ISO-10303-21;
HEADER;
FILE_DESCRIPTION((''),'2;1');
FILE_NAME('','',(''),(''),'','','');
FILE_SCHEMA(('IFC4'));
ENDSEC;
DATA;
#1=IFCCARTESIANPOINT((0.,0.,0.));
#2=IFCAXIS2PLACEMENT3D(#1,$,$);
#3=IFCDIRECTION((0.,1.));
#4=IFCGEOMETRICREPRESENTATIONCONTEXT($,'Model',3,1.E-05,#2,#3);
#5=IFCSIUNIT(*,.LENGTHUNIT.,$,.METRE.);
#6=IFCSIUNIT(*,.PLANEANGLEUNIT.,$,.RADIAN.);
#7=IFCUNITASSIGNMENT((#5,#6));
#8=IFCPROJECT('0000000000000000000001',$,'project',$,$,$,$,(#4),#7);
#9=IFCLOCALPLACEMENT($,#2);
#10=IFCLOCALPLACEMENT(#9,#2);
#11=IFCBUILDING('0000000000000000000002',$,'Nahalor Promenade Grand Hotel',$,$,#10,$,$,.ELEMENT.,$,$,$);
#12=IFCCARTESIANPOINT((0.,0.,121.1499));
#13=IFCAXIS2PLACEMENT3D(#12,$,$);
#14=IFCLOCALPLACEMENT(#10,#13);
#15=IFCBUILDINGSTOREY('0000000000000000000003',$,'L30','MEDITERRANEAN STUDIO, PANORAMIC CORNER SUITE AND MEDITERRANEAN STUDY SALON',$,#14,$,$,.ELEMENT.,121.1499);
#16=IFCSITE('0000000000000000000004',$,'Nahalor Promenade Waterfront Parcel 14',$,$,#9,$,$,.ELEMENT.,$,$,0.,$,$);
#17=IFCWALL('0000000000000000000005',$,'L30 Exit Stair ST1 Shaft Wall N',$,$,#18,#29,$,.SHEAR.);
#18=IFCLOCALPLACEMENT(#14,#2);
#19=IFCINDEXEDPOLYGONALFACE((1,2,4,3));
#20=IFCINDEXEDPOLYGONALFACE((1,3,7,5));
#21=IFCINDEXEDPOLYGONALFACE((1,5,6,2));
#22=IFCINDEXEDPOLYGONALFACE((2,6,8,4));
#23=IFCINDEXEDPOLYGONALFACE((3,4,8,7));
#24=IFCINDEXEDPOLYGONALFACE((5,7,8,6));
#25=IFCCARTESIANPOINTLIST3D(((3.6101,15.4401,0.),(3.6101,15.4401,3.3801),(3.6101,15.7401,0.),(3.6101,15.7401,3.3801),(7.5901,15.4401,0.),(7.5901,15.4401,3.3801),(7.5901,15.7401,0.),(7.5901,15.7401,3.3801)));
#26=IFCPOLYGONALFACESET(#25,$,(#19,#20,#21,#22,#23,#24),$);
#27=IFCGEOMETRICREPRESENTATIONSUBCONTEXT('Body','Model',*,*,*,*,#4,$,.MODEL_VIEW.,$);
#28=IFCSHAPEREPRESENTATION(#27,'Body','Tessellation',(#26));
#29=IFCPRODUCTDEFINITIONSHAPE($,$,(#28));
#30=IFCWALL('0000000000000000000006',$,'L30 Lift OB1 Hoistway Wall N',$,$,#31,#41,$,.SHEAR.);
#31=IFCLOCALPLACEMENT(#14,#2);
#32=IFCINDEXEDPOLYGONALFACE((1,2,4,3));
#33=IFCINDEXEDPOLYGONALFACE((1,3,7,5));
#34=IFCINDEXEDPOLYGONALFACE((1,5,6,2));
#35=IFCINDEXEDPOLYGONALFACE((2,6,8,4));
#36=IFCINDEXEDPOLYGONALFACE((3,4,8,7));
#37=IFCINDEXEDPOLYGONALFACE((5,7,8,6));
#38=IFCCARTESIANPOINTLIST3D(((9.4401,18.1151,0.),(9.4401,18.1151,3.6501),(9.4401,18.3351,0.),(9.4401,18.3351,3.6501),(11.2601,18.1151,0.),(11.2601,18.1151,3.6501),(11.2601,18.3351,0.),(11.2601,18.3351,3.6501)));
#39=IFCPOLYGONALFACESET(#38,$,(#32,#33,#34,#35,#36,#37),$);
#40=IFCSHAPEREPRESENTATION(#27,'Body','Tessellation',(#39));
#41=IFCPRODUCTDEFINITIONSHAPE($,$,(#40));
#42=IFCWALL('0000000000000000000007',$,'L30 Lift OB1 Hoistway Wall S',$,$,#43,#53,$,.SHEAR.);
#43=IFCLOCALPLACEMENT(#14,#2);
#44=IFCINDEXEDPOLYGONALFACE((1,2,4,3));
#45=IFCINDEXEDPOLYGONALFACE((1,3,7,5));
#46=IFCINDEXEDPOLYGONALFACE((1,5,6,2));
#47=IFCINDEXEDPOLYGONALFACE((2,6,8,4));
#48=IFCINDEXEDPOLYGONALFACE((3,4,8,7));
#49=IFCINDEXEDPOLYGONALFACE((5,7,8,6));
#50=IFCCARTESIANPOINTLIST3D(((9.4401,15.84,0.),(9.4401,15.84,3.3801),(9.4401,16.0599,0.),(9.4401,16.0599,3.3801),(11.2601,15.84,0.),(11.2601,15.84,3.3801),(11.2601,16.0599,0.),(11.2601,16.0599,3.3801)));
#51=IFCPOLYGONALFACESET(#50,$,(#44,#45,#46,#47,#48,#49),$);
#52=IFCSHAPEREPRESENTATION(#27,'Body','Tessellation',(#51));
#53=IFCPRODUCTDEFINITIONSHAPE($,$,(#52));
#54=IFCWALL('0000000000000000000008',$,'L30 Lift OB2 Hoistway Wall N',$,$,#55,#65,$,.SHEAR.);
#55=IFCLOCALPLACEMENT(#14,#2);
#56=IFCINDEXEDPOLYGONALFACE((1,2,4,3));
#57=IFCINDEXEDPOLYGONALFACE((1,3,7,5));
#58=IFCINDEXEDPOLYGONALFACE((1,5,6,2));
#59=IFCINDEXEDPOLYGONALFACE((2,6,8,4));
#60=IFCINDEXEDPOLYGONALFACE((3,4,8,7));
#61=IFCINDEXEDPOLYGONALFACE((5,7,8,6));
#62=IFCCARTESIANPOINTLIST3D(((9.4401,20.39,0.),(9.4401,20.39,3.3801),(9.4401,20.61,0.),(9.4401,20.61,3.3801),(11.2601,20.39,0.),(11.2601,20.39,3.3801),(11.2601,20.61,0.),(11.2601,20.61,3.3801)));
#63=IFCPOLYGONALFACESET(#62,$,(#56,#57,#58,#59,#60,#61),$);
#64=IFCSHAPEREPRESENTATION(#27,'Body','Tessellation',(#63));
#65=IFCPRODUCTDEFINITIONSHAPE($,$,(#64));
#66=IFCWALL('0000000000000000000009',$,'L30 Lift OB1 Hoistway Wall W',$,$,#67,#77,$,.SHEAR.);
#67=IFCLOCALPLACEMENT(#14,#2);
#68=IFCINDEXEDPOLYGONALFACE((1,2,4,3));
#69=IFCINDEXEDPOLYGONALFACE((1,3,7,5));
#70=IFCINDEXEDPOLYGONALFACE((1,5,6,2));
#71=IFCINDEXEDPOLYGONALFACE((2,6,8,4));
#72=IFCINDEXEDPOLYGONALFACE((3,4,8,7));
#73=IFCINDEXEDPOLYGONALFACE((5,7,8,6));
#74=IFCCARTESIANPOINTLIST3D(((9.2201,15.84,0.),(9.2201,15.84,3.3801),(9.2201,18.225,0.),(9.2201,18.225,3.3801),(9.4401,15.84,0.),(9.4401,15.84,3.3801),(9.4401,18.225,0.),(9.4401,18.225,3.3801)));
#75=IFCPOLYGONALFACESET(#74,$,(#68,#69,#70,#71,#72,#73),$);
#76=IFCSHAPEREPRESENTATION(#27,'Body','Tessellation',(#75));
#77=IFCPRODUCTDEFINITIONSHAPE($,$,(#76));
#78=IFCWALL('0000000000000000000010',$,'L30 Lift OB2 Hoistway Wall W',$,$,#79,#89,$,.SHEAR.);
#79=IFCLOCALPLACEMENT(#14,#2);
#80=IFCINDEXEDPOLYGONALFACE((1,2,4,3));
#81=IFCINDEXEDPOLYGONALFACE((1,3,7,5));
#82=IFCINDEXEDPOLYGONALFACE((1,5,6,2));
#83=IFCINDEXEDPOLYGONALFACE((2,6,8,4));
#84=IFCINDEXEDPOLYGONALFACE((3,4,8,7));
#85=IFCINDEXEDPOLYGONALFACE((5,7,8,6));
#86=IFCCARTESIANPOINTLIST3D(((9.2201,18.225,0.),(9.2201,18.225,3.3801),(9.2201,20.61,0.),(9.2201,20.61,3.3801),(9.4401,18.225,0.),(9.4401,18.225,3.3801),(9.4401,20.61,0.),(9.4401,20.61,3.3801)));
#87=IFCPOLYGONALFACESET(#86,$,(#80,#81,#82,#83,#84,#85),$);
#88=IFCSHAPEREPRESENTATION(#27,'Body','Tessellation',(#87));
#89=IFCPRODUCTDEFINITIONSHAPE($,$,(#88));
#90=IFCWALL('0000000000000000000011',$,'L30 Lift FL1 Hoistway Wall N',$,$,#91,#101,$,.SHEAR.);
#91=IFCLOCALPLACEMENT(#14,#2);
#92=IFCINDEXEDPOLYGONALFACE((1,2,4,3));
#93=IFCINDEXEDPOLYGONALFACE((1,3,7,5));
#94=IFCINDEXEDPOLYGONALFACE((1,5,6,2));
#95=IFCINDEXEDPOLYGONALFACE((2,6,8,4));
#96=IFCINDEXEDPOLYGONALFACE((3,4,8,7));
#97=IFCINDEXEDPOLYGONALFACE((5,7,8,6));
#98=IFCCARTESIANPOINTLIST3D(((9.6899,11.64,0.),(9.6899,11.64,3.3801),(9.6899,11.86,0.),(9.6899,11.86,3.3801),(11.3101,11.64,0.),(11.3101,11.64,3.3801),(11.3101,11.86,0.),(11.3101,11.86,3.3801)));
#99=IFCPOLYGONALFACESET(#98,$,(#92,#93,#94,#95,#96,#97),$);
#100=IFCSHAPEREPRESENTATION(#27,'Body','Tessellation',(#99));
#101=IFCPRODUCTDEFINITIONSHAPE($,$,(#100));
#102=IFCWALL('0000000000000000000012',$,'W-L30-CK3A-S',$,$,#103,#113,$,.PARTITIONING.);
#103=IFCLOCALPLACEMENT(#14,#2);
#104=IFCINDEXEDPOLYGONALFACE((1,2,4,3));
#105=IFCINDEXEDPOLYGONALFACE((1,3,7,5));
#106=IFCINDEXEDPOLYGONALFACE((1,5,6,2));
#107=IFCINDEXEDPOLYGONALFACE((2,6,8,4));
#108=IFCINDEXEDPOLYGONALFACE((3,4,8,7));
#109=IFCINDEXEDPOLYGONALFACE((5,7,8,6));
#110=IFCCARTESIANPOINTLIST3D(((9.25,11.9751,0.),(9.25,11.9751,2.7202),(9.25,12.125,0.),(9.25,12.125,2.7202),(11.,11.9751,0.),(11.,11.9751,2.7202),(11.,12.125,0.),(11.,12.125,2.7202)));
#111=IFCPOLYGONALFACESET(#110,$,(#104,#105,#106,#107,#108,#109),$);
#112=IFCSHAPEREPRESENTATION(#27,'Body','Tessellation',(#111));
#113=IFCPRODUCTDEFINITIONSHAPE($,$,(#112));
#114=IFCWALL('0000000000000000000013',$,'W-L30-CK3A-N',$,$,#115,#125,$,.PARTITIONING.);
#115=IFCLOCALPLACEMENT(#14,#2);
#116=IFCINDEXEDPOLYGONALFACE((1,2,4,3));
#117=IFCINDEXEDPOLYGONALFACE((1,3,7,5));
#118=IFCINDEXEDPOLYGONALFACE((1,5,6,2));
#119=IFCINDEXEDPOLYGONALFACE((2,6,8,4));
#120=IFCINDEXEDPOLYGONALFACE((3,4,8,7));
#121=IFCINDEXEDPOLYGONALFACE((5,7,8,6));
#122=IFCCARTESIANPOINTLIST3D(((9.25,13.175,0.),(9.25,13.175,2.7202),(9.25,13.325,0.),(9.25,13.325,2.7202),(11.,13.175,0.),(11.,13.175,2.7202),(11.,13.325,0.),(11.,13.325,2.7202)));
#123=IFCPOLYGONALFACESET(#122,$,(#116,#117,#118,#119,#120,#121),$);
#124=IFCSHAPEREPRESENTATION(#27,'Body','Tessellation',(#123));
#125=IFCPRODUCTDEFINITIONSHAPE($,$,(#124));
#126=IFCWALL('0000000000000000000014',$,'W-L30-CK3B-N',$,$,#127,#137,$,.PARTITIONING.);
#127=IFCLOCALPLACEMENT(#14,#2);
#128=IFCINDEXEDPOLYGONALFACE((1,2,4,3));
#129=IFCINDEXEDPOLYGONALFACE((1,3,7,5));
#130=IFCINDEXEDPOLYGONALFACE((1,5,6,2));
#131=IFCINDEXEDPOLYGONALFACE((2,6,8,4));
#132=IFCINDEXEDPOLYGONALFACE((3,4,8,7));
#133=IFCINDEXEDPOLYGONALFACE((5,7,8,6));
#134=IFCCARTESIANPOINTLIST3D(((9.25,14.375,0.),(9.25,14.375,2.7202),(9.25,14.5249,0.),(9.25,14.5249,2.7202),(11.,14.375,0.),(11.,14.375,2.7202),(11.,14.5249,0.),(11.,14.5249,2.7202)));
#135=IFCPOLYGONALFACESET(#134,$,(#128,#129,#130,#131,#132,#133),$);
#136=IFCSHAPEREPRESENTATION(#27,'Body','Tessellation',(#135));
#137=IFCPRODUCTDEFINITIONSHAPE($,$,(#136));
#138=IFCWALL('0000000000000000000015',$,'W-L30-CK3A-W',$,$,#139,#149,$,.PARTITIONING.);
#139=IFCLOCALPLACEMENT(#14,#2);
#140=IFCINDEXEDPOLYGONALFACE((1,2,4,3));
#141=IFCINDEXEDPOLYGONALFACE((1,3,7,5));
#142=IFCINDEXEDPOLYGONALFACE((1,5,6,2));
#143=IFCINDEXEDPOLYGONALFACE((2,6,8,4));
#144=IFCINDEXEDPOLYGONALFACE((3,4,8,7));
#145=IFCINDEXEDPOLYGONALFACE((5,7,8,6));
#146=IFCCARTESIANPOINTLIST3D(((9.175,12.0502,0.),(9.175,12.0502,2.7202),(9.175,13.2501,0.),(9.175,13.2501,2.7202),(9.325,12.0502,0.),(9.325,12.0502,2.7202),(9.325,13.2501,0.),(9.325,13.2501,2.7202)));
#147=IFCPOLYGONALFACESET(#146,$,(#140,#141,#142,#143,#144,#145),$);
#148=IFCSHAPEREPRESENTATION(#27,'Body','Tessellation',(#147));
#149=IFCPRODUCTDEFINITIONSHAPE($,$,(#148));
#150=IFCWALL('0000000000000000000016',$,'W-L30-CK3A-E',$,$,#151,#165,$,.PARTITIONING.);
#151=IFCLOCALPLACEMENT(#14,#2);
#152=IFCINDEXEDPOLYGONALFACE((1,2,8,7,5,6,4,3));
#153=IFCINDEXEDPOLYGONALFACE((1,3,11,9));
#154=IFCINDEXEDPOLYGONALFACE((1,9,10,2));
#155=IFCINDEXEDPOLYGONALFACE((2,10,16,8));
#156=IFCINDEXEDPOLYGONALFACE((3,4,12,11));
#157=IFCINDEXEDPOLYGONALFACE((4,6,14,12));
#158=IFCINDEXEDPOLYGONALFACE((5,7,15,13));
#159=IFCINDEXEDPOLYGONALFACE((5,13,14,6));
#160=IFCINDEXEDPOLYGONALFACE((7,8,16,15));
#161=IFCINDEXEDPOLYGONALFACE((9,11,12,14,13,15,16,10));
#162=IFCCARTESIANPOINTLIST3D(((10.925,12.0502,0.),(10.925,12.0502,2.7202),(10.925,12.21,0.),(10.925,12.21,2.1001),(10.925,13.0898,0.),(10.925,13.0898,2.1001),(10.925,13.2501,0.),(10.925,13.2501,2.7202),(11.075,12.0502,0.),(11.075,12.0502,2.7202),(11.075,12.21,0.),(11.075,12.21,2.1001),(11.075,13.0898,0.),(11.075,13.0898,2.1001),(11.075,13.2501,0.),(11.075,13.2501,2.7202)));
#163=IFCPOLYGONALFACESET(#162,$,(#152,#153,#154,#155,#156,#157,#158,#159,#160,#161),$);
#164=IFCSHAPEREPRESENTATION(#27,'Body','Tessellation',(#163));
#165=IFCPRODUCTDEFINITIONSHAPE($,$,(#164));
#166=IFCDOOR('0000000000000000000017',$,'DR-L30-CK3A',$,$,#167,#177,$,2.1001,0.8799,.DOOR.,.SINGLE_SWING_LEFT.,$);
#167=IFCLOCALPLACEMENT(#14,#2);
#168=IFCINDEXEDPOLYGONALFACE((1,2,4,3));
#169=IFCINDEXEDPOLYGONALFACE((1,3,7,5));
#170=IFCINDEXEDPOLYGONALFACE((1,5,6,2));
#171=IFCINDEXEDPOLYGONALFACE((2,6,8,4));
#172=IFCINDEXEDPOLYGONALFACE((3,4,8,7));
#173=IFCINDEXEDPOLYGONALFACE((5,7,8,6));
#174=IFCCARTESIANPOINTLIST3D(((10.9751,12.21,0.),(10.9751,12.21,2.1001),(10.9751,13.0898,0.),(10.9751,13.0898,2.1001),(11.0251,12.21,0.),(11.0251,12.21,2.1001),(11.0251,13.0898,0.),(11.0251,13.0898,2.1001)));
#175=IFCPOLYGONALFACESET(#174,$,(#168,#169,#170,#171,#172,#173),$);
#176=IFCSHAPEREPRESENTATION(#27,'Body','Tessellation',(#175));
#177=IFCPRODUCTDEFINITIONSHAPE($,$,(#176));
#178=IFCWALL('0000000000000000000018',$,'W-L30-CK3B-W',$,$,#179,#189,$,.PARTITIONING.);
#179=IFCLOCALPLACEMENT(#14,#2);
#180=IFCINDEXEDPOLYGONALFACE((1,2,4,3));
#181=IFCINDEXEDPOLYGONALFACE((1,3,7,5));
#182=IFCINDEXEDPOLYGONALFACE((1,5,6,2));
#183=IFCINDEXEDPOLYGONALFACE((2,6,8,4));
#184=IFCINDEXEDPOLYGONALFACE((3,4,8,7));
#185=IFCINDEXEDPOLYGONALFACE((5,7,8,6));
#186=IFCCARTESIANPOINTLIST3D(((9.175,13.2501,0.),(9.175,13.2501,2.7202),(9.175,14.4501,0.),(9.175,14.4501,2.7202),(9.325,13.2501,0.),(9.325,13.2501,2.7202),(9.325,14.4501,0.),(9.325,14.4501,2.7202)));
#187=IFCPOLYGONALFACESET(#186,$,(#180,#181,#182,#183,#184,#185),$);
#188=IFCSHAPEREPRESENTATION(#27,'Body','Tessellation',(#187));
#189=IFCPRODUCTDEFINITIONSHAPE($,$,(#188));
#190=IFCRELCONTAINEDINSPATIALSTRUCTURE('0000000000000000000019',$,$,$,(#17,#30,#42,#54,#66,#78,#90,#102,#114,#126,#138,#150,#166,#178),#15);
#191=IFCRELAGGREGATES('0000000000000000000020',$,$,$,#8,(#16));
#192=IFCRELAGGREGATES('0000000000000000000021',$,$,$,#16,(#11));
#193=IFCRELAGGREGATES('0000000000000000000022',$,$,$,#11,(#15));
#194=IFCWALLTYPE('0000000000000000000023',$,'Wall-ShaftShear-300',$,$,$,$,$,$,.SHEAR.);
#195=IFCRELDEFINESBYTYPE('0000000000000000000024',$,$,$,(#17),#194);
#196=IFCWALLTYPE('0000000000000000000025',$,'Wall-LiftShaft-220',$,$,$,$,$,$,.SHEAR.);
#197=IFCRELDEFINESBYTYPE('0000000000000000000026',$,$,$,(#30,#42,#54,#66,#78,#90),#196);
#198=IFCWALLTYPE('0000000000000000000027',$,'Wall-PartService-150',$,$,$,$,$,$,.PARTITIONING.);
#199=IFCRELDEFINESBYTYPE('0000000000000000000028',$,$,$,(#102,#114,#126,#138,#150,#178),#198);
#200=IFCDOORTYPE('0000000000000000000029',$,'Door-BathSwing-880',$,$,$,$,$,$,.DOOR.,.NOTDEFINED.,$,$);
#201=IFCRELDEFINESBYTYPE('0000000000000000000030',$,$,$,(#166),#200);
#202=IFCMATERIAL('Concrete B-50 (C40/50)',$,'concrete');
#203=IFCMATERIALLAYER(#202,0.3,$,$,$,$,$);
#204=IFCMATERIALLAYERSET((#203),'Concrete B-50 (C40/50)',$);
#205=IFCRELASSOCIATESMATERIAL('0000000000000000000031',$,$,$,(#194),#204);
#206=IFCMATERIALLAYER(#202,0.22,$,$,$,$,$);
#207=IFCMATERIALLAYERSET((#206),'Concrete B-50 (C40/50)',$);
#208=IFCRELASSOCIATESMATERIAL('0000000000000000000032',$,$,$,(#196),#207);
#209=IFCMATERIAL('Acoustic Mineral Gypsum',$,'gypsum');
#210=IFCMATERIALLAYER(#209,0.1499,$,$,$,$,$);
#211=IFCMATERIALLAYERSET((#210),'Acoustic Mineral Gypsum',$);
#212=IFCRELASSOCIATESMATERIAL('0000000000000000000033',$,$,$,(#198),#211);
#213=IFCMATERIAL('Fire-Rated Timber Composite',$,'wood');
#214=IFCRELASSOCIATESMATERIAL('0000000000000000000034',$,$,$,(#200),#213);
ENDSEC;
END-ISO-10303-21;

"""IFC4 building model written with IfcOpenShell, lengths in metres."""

from ifc_helpers import new_model, si_unit, direction, frame, frame_2d, origin, place, context, subcontext, project, spatial, rectangle, extrude, source, transform, mapped, material, layer, layer_set, type_object, element, fill, save


model = new_model("IFC4")

# Units and contexts
model_context = context("Model", 3, precision=1e-05, world=origin(), true_north=direction((0.0, 1.0)))
body_context = subcontext(model_context, "Body", "Model", "MODEL_VIEW")
ifc_project = project(units=[si_unit("LENGTHUNIT", "METRE"), si_unit("PLANEANGLEUNIT", "RADIAN")], contexts=[model_context])

# Site, building, storey
site_placement = place(None, origin())
site = spatial("IfcSite", under=ifc_project, at=site_placement, Name="Nahalor Promenade Waterfront Parcel 14", CompositionType="ELEMENT", RefElevation=0.0)
building_placement = place(site_placement, origin())
building = spatial("IfcBuilding", under=site, at=building_placement, Name="Nahalor Promenade Grand Hotel", CompositionType="ELEMENT")
storey_placement = place(building_placement, frame((0.0, 0.0, 121.1499)))
storey = spatial("IfcBuildingStorey", under=building, at=storey_placement, Name="L30", Description="MEDITERRANEAN STUDIO, PANORAMIC CORNER SUITE AND MEDITERRANEAN STUDY SALON", CompositionType="ELEMENT", Elevation=121.1499)

# Walls
ifc_material_1 = material(Name="Concrete B-50 (C40/50)", Category="concrete")
ifc_layer_1 = layer(ifc_material_1, 0.3)
ifc_layer_set_1 = layer_set([ifc_layer_1], Name="Concrete B-50 (C40/50)")
wall_type_1 = type_object("IfcWallType", Name="Wall-ShaftShear-300", PredefinedType="SHEAR", material=ifc_layer_set_1)
shared_shape_1 = source(origin(), body_context, "Body", "SweptSolid", [
    extrude(rectangle(XDim=3.98, YDim=0.3, at=frame_2d((1.99, 0.0))), origin(), (0.0, 0.0, 1.0), 3.3801),
])
wall_1_placement = place(storey_placement, frame((3.6101, 15.5901, 0.0), z_axis=(0.0, 0.0, 1.0), x_axis=(1.0, 0.0, 0.0)))
element("IfcWall", 1, at=wall_1_placement, inside=storey, type_object=wall_type_1, Name="L30 Exit Stair ST1 Shaft Wall N", PredefinedType="SHEAR", context=body_context, shape_type="MappedRepresentation", body=[
    mapped(shared_shape_1, transform((0.0, 0.0, 0.0), scale=1.0)),
])
ifc_layer_2 = layer(ifc_material_1, 0.22)
ifc_layer_set_2 = layer_set([ifc_layer_2], Name="Concrete B-50 (C40/50)")
wall_type_2 = type_object("IfcWallType", Name="Wall-LiftShaft-220", PredefinedType="SHEAR", material=ifc_layer_set_2)
shared_shape_2 = source(origin(), body_context, "Body", "SweptSolid", [
    extrude(rectangle(XDim=1.8201, YDim=0.22, at=frame_2d((0.9102, 0.0))), origin(), (0.0, 0.0, 1.0), 3.6501),
])
wall_2_placement = place(storey_placement, frame((9.4399, 18.2251, 0.0), z_axis=(0.0, 0.0, 1.0), x_axis=(1.0, 0.0, 0.0)))
element("IfcWall", 2, at=wall_2_placement, inside=storey, type_object=wall_type_2, Name="L30 Lift OB1 Hoistway Wall N", PredefinedType="SHEAR", context=body_context, shape_type="MappedRepresentation", body=[
    mapped(shared_shape_2, transform((0.0, 0.0, 0.0), scale=1.0)),
])
shared_shape_3 = source(origin(), body_context, "Body", "SweptSolid", [
    extrude(rectangle(XDim=1.8201, YDim=0.22, at=frame_2d((0.9102, 0.0))), origin(), (0.0, 0.0, 1.0), 3.3801),
])
for number, where, z_axis, x_axis, name in (
    (3, (9.4399, 15.95, 0.0), (0.0, 0.0, 1.0), (1.0, 0.0, 0.0), "L30 Lift OB1 Hoistway Wall S"),
    (4, (9.4399, 20.5, 0.0), (0.0, 0.0, 1.0), (1.0, 0.0, 0.0), "L30 Lift OB2 Hoistway Wall N"),
):
    element("IfcWall", number, at=place(storey_placement, frame(where, z_axis=z_axis, x_axis=x_axis)), inside=storey, type_object=wall_type_2, Name=name, PredefinedType="SHEAR", context=body_context, shape_type="MappedRepresentation", body=[
        mapped(shared_shape_3, transform((0.0, 0.0, 0.0), scale=1.0)),
    ])
shared_shape_4 = source(origin(), body_context, "Body", "SweptSolid", [
    extrude(rectangle(XDim=2.385, YDim=0.22, at=frame_2d((1.1924, 0.0))), origin(), (0.0, 0.0, 1.0), 3.3801),
])
for number, where, z_axis, x_axis, name in (
    (5, (9.3301, 15.8401, 0.0), (0.0, 0.0, 1.0), (0.0, 1.0, 0.0), "L30 Lift OB1 Hoistway Wall W"),
    (6, (9.3301, 18.2251, 0.0), (0.0, 0.0, 1.0), (0.0, 1.0, 0.0), "L30 Lift OB2 Hoistway Wall W"),
):
    element("IfcWall", number, at=place(storey_placement, frame(where, z_axis=z_axis, x_axis=x_axis)), inside=storey, type_object=wall_type_2, Name=name, PredefinedType="SHEAR", context=body_context, shape_type="MappedRepresentation", body=[
        mapped(shared_shape_4, transform((0.0, 0.0, 0.0), scale=1.0)),
    ])
shared_shape_5 = source(origin(), body_context, "Body", "SweptSolid", [
    extrude(rectangle(XDim=1.6201, YDim=0.22, at=frame_2d((0.8101, 0.0))), origin(), (0.0, 0.0, 1.0), 3.3801),
])
wall_3_placement = place(storey_placement, frame((9.6899, 11.75, 0.0), z_axis=(0.0, 0.0, 1.0), x_axis=(1.0, 0.0, 0.0)))
element("IfcWall", 7, at=wall_3_placement, inside=storey, type_object=wall_type_2, Name="L30 Lift FL1 Hoistway Wall N", PredefinedType="SHEAR", context=body_context, shape_type="MappedRepresentation", body=[
    mapped(shared_shape_5, transform((0.0, 0.0, 0.0), scale=1.0)),
])
ifc_material_2 = material(Name="Acoustic Mineral Gypsum", Category="gypsum")
ifc_layer_3 = layer(ifc_material_2, 0.1499)
ifc_layer_set_3 = layer_set([ifc_layer_3], Name="Acoustic Mineral Gypsum")
wall_type_3 = type_object("IfcWallType", Name="Wall-PartService-150", PredefinedType="PARTITIONING", material=ifc_layer_set_3)
shared_shape_6 = source(origin(), body_context, "Body", "SweptSolid", [
    extrude(rectangle(XDim=1.75, YDim=0.1499, at=frame_2d((0.875, 0.0))), origin(), (0.0, 0.0, 1.0), 2.7202),
])
for number, where, z_axis, x_axis, name in (
    (8, (9.25, 12.05, 0.0), (0.0, 0.0, 1.0), (1.0, 0.0, 0.0), "W-L30-CK3A-S"),
    (9, (9.25, 13.25, 0.0), (0.0, 0.0, 1.0), (1.0, 0.0, 0.0), "W-L30-CK3A-N"),
    (10, (9.25, 14.45, 0.0), (0.0, 0.0, 1.0), (1.0, 0.0, 0.0), "W-L30-CK3B-N"),
):
    element("IfcWall", number, at=place(storey_placement, frame(where, z_axis=z_axis, x_axis=x_axis)), inside=storey, type_object=wall_type_3, Name=name, PredefinedType="PARTITIONING", context=body_context, shape_type="MappedRepresentation", body=[
        mapped(shared_shape_6, transform((0.0, 0.0, 0.0), scale=1.0)),
    ])
shared_shape_7 = source(origin(), body_context, "Body", "SweptSolid", [
    extrude(rectangle(XDim=1.2, YDim=0.1499, at=frame_2d((0.6001, 0.0))), origin(), (0.0, 0.0, 1.0), 2.7202),
])
wall_4_placement = place(storey_placement, frame((9.25, 12.05, 0.0), z_axis=(0.0, 0.0, 1.0), x_axis=(0.0, 1.0, 0.0)))
element("IfcWall", 11, at=wall_4_placement, inside=storey, type_object=wall_type_3, Name="W-L30-CK3A-W", PredefinedType="PARTITIONING", context=body_context, shape_type="MappedRepresentation", body=[
    mapped(shared_shape_7, transform((0.0, 0.0, 0.0), scale=1.0)),
])

# Wall, opening, door
wall_5_placement = place(storey_placement, frame((11.0, 12.05, 0.0), z_axis=(0.0, 0.0, 1.0), x_axis=(0.0, 1.0, 0.0)))
wall_5 = element("IfcWall", 12, at=wall_5_placement, inside=storey, type_object=wall_type_3, Name="W-L30-CK3A-E", PredefinedType="PARTITIONING", context=body_context, shape_type="MappedRepresentation", body=[
    mapped(shared_shape_7, transform((0.0, 0.0, 0.0), scale=1.0)),
])
opening_1_placement = place(wall_5_placement, frame((0.1599, 0.0, 0.0)))
opening_1 = element("IfcOpeningElement", 13, at=opening_1_placement, cuts=wall_5, PredefinedType="OPENING", context=body_context, shape_type="SweptSolid", body=[
    extrude(rectangle(XDim=0.8799, YDim=2.1001, at=frame_2d((0.4399, 1.05))), frame((0.0, 0.085, 0.0), z_axis=(0.0, -1.0, 0.0), x_axis=(1.0, 0.0, 0.0)), (0.0, 0.0, 1.0), 0.1699),
])
ifc_material_3 = material(Name="Fire-Rated Timber Composite", Category="wood")
door_type = type_object("IfcDoorType", Name="Door-BathSwing-880", OperationType="NOTDEFINED", PredefinedType="DOOR", material=ifc_material_3)
shared_shape_8 = source(origin(), body_context, "Body", "SweptSolid", [
    extrude(rectangle(XDim=0.8799, YDim=2.1001, at=frame_2d((0.4399, 1.05))), frame((0.0, 0.0249, 0.0), z_axis=(0.0, -1.0, 0.0), x_axis=(1.0, 0.0, 0.0)), (0.0, 0.0, 1.0), 0.05),
])
door_1_placement = place(opening_1_placement, origin())
door_1 = element("IfcDoor", 14, at=door_1_placement, inside=storey, type_object=door_type, Name="DR-L30-CK3A", OperationType="SINGLE_SWING_LEFT", OverallHeight=2.1001, OverallWidth=0.8799, PredefinedType="DOOR", context=body_context, shape_type="MappedRepresentation", body=[
    mapped(shared_shape_8, transform((0.0, 0.0, 0.0), scale=1.0)),
])
fill(opening_1, door_1)

# Wall
wall_6_placement = place(storey_placement, frame((9.25, 13.25, 0.0), z_axis=(0.0, 0.0, 1.0), x_axis=(0.0, 1.0, 0.0)))
element("IfcWall", 15, at=wall_6_placement, inside=storey, type_object=wall_type_3, Name="W-L30-CK3B-W", PredefinedType="PARTITIONING", context=body_context, shape_type="MappedRepresentation", body=[
    mapped(shared_shape_7, transform((0.0, 0.0, 0.0), scale=1.0)),
])

save(model, "model.ifc")
